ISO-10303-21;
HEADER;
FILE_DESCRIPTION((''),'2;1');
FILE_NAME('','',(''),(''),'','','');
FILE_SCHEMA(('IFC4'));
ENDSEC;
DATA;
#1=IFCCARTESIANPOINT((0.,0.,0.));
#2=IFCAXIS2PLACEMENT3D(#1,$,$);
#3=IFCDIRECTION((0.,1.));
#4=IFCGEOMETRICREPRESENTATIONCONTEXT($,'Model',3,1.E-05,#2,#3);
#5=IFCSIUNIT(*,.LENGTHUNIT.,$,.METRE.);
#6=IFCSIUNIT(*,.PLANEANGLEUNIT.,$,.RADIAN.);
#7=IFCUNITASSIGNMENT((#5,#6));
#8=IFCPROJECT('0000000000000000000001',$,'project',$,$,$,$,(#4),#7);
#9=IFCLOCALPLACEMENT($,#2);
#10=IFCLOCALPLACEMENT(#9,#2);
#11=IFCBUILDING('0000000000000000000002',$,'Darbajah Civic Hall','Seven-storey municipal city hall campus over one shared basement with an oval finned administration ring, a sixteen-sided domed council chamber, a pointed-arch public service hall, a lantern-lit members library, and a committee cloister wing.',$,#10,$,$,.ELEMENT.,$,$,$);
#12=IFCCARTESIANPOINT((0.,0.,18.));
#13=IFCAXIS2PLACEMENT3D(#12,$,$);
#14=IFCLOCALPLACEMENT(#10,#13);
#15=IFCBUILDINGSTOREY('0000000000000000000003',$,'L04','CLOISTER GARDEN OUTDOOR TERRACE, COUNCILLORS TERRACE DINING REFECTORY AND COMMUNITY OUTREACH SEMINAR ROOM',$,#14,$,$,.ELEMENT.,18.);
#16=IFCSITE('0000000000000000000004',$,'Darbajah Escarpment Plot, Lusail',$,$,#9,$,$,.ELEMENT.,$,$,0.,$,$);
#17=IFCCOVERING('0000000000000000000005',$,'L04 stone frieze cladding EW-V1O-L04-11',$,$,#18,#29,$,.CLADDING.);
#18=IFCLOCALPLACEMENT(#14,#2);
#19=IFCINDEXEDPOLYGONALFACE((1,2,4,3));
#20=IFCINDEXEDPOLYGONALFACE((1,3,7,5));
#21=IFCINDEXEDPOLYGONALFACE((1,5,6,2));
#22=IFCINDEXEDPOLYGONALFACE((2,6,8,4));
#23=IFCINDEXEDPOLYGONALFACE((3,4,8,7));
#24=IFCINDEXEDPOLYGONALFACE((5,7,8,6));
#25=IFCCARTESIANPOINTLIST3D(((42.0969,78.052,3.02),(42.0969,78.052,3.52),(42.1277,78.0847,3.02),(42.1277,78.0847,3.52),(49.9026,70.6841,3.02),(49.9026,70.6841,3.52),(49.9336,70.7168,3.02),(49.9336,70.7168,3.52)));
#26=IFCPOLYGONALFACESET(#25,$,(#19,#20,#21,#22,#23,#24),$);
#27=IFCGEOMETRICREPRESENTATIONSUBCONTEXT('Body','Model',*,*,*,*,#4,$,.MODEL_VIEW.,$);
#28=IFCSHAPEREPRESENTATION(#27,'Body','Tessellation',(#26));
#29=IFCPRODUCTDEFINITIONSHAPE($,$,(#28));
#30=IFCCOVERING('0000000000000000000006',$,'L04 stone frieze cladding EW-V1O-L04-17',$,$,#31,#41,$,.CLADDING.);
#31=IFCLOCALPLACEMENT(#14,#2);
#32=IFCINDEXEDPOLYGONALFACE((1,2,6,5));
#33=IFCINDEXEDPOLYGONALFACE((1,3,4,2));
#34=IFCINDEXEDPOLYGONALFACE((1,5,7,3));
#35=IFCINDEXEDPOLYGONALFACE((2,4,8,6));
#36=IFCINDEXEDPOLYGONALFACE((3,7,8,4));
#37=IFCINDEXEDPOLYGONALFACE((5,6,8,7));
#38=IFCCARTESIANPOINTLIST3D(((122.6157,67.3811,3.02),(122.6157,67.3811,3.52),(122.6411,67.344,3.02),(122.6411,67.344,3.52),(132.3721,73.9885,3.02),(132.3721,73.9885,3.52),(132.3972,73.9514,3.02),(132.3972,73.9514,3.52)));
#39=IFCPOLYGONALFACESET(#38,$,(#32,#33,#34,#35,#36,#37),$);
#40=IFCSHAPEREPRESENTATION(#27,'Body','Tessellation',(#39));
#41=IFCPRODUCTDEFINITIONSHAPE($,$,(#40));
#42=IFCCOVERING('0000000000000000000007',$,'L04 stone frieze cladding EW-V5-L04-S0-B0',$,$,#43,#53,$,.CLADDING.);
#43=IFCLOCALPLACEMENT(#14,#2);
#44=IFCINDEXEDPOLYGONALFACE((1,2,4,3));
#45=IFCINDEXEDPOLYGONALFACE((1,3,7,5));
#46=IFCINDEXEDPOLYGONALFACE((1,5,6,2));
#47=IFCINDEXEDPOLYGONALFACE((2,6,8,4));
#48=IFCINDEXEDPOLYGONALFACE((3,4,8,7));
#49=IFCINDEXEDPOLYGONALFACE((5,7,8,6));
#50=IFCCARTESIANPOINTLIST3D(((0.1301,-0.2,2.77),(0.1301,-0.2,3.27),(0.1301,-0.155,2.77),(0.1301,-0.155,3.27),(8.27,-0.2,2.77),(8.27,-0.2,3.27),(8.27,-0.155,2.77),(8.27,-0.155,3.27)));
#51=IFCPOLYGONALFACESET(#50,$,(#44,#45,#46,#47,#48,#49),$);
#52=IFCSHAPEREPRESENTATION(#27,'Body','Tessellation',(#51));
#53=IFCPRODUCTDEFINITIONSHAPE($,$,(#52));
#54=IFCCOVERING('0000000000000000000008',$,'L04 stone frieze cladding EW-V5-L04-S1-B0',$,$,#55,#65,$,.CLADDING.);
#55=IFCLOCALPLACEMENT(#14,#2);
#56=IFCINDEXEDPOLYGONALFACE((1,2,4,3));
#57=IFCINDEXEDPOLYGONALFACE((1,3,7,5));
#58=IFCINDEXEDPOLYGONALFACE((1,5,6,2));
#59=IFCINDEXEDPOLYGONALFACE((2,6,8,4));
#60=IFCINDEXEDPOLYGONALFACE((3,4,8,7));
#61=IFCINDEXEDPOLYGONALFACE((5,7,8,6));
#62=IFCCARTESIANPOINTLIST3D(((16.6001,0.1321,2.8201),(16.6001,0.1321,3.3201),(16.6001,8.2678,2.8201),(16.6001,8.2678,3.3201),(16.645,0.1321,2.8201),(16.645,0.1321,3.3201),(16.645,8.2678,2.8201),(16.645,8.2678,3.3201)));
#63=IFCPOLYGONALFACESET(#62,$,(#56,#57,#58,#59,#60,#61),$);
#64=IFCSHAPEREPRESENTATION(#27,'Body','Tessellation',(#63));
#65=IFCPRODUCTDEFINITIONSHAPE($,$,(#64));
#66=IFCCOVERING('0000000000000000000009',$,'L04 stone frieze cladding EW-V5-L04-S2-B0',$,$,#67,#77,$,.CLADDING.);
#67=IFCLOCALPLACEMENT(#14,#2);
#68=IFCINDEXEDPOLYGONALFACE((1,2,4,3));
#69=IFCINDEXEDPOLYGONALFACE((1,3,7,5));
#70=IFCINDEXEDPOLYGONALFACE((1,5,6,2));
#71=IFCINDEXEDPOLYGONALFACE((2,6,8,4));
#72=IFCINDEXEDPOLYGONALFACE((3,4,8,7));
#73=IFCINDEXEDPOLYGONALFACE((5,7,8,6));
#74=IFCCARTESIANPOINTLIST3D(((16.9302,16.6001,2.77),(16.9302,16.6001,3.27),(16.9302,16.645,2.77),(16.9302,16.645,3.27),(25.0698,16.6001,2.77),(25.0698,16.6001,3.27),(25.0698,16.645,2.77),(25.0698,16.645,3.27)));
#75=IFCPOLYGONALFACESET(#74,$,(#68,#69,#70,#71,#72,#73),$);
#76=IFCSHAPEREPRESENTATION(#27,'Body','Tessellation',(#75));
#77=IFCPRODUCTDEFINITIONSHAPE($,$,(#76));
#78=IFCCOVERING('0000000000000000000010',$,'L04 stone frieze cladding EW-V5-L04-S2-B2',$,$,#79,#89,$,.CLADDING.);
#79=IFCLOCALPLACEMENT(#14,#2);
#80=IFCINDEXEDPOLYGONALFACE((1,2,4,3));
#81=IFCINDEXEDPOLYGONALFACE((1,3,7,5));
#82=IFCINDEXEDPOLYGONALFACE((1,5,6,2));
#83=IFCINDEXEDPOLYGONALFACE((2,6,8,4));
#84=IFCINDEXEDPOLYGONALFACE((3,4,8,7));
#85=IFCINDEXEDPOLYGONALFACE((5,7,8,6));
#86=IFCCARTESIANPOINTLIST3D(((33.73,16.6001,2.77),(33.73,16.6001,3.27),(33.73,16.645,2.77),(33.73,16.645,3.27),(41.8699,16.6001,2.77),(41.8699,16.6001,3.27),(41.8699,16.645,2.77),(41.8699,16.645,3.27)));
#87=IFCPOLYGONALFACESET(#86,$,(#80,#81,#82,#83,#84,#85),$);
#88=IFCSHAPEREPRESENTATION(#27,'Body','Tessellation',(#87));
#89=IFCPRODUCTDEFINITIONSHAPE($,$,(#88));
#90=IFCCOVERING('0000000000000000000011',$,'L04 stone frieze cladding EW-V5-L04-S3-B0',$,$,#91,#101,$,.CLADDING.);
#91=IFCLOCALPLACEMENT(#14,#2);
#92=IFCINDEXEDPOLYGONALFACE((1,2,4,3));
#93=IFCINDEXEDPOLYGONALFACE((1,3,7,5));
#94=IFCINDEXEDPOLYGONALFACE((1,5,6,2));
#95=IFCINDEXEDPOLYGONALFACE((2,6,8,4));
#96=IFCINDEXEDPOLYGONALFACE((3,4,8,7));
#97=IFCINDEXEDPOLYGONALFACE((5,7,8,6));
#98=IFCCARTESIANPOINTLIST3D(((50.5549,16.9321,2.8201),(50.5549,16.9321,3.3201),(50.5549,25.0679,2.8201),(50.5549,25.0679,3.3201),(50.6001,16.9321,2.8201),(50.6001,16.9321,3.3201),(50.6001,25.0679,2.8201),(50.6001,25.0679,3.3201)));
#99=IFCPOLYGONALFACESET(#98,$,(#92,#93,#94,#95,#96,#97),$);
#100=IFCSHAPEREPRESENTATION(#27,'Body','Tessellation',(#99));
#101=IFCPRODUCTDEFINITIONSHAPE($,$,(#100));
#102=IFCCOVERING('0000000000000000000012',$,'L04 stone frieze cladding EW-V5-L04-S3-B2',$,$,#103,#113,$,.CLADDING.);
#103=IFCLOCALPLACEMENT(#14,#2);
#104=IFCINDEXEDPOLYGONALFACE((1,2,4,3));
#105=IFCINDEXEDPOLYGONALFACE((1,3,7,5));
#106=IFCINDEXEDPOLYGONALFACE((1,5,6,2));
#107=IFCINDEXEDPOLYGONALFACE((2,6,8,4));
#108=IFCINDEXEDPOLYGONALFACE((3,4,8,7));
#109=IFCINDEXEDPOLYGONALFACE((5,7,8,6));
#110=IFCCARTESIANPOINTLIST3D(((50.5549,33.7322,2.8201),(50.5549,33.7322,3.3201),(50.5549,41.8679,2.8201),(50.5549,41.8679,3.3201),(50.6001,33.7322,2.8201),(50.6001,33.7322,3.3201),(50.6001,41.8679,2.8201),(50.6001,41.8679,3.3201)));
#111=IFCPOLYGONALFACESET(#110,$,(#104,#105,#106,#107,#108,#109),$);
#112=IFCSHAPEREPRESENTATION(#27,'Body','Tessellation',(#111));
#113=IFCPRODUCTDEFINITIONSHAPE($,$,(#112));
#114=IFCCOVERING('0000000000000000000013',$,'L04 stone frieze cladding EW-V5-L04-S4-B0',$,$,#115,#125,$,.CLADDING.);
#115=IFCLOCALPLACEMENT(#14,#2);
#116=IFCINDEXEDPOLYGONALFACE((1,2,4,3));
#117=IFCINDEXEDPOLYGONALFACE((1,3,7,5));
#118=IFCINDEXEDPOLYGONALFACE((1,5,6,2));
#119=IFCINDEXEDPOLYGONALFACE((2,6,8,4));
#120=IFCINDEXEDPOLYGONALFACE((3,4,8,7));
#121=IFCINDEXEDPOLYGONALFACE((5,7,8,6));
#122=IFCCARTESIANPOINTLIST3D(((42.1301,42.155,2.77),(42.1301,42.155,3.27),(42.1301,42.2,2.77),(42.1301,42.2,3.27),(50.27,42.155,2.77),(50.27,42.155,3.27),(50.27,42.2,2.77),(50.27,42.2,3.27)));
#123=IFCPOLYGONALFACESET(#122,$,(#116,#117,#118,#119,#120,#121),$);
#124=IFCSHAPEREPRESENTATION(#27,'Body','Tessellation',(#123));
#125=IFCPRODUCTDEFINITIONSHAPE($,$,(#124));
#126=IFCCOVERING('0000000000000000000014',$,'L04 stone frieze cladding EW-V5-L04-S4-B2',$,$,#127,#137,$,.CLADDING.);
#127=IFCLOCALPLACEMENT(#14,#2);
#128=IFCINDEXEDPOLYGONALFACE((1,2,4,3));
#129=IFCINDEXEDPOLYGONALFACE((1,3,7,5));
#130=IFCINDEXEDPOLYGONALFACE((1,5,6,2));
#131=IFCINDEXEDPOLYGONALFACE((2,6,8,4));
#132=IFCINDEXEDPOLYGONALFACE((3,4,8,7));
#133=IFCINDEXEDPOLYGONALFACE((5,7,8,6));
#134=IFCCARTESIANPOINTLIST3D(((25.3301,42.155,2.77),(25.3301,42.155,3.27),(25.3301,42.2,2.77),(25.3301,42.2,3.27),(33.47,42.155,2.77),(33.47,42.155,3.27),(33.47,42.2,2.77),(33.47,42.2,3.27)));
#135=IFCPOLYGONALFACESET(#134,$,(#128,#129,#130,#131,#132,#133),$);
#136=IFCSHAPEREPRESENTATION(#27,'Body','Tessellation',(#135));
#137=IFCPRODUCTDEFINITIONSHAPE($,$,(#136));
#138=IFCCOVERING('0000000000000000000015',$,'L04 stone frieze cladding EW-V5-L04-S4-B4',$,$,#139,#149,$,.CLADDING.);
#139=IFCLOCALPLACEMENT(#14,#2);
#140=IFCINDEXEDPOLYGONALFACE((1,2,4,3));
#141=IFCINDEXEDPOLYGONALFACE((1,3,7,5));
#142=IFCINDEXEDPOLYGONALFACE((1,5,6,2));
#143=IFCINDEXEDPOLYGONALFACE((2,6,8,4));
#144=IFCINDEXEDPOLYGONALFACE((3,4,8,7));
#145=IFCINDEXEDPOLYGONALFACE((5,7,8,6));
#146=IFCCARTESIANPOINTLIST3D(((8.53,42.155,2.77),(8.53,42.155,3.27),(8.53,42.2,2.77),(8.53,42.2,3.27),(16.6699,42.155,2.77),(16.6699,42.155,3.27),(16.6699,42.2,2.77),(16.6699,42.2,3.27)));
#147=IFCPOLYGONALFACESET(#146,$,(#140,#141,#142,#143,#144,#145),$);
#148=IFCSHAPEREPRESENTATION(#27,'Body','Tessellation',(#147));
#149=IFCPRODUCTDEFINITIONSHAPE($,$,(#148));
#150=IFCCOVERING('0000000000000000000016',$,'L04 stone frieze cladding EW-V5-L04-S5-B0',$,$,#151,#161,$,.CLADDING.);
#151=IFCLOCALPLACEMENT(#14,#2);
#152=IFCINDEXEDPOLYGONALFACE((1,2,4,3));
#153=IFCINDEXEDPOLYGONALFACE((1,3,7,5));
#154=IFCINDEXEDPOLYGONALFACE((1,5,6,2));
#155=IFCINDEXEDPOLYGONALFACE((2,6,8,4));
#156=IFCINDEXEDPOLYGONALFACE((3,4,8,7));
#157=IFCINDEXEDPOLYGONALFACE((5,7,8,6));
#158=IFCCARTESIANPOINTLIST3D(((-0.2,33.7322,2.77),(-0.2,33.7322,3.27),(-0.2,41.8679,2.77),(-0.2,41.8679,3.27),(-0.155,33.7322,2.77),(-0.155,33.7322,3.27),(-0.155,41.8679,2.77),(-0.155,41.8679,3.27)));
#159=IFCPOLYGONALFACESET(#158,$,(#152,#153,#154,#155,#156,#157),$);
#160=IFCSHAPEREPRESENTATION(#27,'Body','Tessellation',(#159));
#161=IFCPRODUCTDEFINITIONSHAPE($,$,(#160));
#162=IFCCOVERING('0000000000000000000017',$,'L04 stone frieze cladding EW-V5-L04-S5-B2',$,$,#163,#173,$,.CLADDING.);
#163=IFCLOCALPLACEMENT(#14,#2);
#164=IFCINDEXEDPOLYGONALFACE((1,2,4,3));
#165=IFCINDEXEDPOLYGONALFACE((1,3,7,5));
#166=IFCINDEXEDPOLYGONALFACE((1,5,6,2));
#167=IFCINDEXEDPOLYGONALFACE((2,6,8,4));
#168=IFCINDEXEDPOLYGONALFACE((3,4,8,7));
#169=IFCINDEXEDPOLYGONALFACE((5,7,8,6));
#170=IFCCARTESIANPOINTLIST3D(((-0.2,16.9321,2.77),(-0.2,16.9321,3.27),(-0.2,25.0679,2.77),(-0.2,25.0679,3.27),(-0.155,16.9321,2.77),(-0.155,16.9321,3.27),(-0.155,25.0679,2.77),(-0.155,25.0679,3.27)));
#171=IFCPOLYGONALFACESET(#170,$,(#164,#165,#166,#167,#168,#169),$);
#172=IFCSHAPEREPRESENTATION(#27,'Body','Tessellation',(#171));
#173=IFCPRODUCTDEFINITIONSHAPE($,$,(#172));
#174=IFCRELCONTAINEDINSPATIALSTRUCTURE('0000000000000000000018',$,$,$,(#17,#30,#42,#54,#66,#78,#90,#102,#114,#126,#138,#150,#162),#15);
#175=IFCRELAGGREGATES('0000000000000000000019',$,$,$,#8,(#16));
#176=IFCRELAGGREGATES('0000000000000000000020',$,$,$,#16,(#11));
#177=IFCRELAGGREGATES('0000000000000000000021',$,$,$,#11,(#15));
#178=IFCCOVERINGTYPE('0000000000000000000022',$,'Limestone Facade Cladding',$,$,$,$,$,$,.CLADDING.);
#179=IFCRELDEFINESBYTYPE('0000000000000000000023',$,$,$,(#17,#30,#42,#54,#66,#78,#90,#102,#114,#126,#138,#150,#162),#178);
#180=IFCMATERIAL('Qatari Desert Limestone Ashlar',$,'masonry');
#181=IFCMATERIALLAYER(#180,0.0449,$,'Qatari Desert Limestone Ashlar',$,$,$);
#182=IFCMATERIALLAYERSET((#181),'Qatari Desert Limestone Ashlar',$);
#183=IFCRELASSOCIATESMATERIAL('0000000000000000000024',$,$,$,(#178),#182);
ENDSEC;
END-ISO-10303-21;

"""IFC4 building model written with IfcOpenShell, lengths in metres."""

from ifc_helpers import new_model, si_unit, direction, frame, origin, place, context, subcontext, project, spatial, polyline, outline, extrude, material, layer, layer_set, type_object, element, save


model = new_model("IFC4")

# Units and contexts
model_context = context("Model", 3, precision=1e-05, world=origin(), true_north=direction((0.0, 1.0)))
body_context = subcontext(model_context, "Body", "Model", "MODEL_VIEW")
ifc_project = project(units=[si_unit("LENGTHUNIT", "METRE"), si_unit("PLANEANGLEUNIT", "RADIAN")], contexts=[model_context])

# Site, building, storey
site_placement = place(None, origin())
site = spatial("IfcSite", under=ifc_project, at=site_placement, Name="Darbajah Escarpment Plot, Lusail", CompositionType="ELEMENT", RefElevation=0.0)
building_placement = place(site_placement, origin())
building = spatial("IfcBuilding", under=site, at=building_placement, Name="Darbajah Civic Hall", Description="Seven-storey municipal city hall campus over one shared basement with an oval finned administration ring, a sixteen-sided domed council chamber, a pointed-arch public service hall, a lantern-lit members library, and a committee cloister wing.", CompositionType="ELEMENT")
storey_placement = place(building_placement, frame((0.0, 0.0, 18.0)))
storey = spatial("IfcBuildingStorey", under=building, at=storey_placement, Name="L04", Description="CLOISTER GARDEN OUTDOOR TERRACE, COUNCILLORS TERRACE DINING REFECTORY AND COMMUNITY OUTREACH SEMINAR ROOM", CompositionType="ELEMENT", Elevation=18.0)

# Coverings
ifc_material_1 = material(Name="Qatari Desert Limestone Ashlar", Category="masonry")
ifc_layer_1 = layer(ifc_material_1, 0.0449, Name="Qatari Desert Limestone Ashlar")
ifc_layer_set_1 = layer_set([ifc_layer_1], Name="Qatari Desert Limestone Ashlar")
covering_type = type_object("IfcCoveringType", Name="Limestone Facade Cladding", PredefinedType="CLADDING", material=ifc_layer_set_1)
covering_1_placement = place(storey_placement, frame((0.0, 0.0, 3.02)))
element("IfcCovering", 1, at=covering_1_placement, inside=storey, type_object=covering_type, Name="L04 stone frieze cladding EW-V1O-L04-11", PredefinedType="CLADDING", context=body_context, shape_type="SweptSolid", body=[
    extrude(outline(polyline([(42.1277, 78.0847), (49.9336, 70.7168), (49.9026, 70.6841), (42.0969, 78.052), (42.1277, 78.0847)])), origin(), (0.0, 0.0, 1.0), 0.5),
])
covering_2_placement = place(storey_placement, frame((0.0, 0.0, 3.02)))
element("IfcCovering", 2, at=covering_2_placement, inside=storey, type_object=covering_type, Name="L04 stone frieze cladding EW-V1O-L04-17", PredefinedType="CLADDING", context=body_context, shape_type="SweptSolid", body=[
    extrude(outline(polyline([(122.6157, 67.3811), (132.3721, 73.9885), (132.3972, 73.9514), (122.6411, 67.344), (122.6157, 67.3811)])), origin(), (0.0, 0.0, 1.0), 0.5),
])
covering_3_placement = place(storey_placement, frame((0.0, 0.0, 2.77)))
element("IfcCovering", 3, at=covering_3_placement, inside=storey, type_object=covering_type, Name="L04 stone frieze cladding EW-V5-L04-S0-B0", PredefinedType="CLADDING", context=body_context, shape_type="SweptSolid", body=[
    extrude(outline(polyline([(0.1301, -0.155), (8.27, -0.155), (8.27, -0.2), (0.1301, -0.2), (0.1301, -0.155)])), origin(), (0.0, 0.0, 1.0), 0.5),
])
covering_4_placement = place(storey_placement, frame((0.0, 0.0, 2.8201)))
element("IfcCovering", 4, at=covering_4_placement, inside=storey, type_object=covering_type, Name="L04 stone frieze cladding EW-V5-L04-S1-B0", PredefinedType="CLADDING", context=body_context, shape_type="SweptSolid", body=[
    extrude(outline(polyline([(16.645, 0.1321), (16.645, 8.2678), (16.6001, 8.2678), (16.6001, 0.1321), (16.645, 0.1321)])), origin(), (0.0, 0.0, 1.0), 0.5),
])
covering_5_placement = place(storey_placement, frame((0.0, 0.0, 2.77)))
element("IfcCovering", 5, at=covering_5_placement, inside=storey, type_object=covering_type, Name="L04 stone frieze cladding EW-V5-L04-S2-B0", PredefinedType="CLADDING", context=body_context, shape_type="SweptSolid", body=[
    extrude(outline(polyline([(16.9302, 16.645), (25.0698, 16.645), (25.0698, 16.6001), (16.9302, 16.6001), (16.9302, 16.645)])), origin(), (0.0, 0.0, 1.0), 0.5),
])
covering_6_placement = place(storey_placement, frame((0.0, 0.0, 2.77)))
element("IfcCovering", 6, at=covering_6_placement, inside=storey, type_object=covering_type, Name="L04 stone frieze cladding EW-V5-L04-S2-B2", PredefinedType="CLADDING", context=body_context, shape_type="SweptSolid", body=[
    extrude(outline(polyline([(33.73, 16.645), (41.8699, 16.645), (41.8699, 16.6001), (33.73, 16.6001), (33.73, 16.645)])), origin(), (0.0, 0.0, 1.0), 0.5),
])
covering_7_placement = place(storey_placement, frame((0.0, 0.0, 2.8201)))
element("IfcCovering", 7, at=covering_7_placement, inside=storey, type_object=covering_type, Name="L04 stone frieze cladding EW-V5-L04-S3-B0", PredefinedType="CLADDING", context=body_context, shape_type="SweptSolid", body=[
    extrude(outline(polyline([(50.5549, 16.9321), (50.5549, 25.0679), (50.6001, 25.0679), (50.6001, 16.9321), (50.5549, 16.9321)])), origin(), (0.0, 0.0, 1.0), 0.5),
])
covering_8_placement = place(storey_placement, frame((0.0, 0.0, 2.8201)))
element("IfcCovering", 8, at=covering_8_placement, inside=storey, type_object=covering_type, Name="L04 stone frieze cladding EW-V5-L04-S3-B2", PredefinedType="CLADDING", context=body_context, shape_type="SweptSolid", body=[
    extrude(outline(polyline([(50.5549, 33.7322), (50.5549, 41.8679), (50.6001, 41.8679), (50.6001, 33.7322), (50.5549, 33.7322)])), origin(), (0.0, 0.0, 1.0), 0.5),
])
covering_9_placement = place(storey_placement, frame((0.0, 0.0, 2.77)))
element("IfcCovering", 9, at=covering_9_placement, inside=storey, type_object=covering_type, Name="L04 stone frieze cladding EW-V5-L04-S4-B0", PredefinedType="CLADDING", context=body_context, shape_type="SweptSolid", body=[
    extrude(outline(polyline([(50.27, 42.155), (42.1301, 42.155), (42.1301, 42.2), (50.27, 42.2), (50.27, 42.155)])), origin(), (0.0, 0.0, 1.0), 0.5),
])
covering_10_placement = place(storey_placement, frame((0.0, 0.0, 2.77)))
element("IfcCovering", 10, at=covering_10_placement, inside=storey, type_object=covering_type, Name="L04 stone frieze cladding EW-V5-L04-S4-B2", PredefinedType="CLADDING", context=body_context, shape_type="SweptSolid", body=[
    extrude(outline(polyline([(33.47, 42.155), (25.3301, 42.155), (25.3301, 42.2), (33.47, 42.2), (33.47, 42.155)])), origin(), (0.0, 0.0, 1.0), 0.5),
])
covering_11_placement = place(storey_placement, frame((0.0, 0.0, 2.77)))
element("IfcCovering", 11, at=covering_11_placement, inside=storey, type_object=covering_type, Name="L04 stone frieze cladding EW-V5-L04-S4-B4", PredefinedType="CLADDING", context=body_context, shape_type="SweptSolid", body=[
    extrude(outline(polyline([(16.6699, 42.155), (8.53, 42.155), (8.53, 42.2), (16.6699, 42.2), (16.6699, 42.155)])), origin(), (0.0, 0.0, 1.0), 0.5),
])
covering_12_placement = place(storey_placement, frame((0.0, 0.0, 2.77)))
element("IfcCovering", 12, at=covering_12_placement, inside=storey, type_object=covering_type, Name="L04 stone frieze cladding EW-V5-L04-S5-B0", PredefinedType="CLADDING", context=body_context, shape_type="SweptSolid", body=[
    extrude(outline(polyline([(-0.155, 41.8679), (-0.155, 33.7322), (-0.2, 33.7322), (-0.2, 41.8679), (-0.155, 41.8679)])), origin(), (0.0, 0.0, 1.0), 0.5),
])
covering_13_placement = place(storey_placement, frame((0.0, 0.0, 2.77)))
element("IfcCovering", 13, at=covering_13_placement, inside=storey, type_object=covering_type, Name="L04 stone frieze cladding EW-V5-L04-S5-B2", PredefinedType="CLADDING", context=body_context, shape_type="SweptSolid", body=[
    extrude(outline(polyline([(-0.155, 25.0679), (-0.155, 16.9321), (-0.2, 16.9321), (-0.2, 25.0679), (-0.155, 25.0679)])), origin(), (0.0, 0.0, 1.0), 0.5),
])

save(model, "model.ifc")
